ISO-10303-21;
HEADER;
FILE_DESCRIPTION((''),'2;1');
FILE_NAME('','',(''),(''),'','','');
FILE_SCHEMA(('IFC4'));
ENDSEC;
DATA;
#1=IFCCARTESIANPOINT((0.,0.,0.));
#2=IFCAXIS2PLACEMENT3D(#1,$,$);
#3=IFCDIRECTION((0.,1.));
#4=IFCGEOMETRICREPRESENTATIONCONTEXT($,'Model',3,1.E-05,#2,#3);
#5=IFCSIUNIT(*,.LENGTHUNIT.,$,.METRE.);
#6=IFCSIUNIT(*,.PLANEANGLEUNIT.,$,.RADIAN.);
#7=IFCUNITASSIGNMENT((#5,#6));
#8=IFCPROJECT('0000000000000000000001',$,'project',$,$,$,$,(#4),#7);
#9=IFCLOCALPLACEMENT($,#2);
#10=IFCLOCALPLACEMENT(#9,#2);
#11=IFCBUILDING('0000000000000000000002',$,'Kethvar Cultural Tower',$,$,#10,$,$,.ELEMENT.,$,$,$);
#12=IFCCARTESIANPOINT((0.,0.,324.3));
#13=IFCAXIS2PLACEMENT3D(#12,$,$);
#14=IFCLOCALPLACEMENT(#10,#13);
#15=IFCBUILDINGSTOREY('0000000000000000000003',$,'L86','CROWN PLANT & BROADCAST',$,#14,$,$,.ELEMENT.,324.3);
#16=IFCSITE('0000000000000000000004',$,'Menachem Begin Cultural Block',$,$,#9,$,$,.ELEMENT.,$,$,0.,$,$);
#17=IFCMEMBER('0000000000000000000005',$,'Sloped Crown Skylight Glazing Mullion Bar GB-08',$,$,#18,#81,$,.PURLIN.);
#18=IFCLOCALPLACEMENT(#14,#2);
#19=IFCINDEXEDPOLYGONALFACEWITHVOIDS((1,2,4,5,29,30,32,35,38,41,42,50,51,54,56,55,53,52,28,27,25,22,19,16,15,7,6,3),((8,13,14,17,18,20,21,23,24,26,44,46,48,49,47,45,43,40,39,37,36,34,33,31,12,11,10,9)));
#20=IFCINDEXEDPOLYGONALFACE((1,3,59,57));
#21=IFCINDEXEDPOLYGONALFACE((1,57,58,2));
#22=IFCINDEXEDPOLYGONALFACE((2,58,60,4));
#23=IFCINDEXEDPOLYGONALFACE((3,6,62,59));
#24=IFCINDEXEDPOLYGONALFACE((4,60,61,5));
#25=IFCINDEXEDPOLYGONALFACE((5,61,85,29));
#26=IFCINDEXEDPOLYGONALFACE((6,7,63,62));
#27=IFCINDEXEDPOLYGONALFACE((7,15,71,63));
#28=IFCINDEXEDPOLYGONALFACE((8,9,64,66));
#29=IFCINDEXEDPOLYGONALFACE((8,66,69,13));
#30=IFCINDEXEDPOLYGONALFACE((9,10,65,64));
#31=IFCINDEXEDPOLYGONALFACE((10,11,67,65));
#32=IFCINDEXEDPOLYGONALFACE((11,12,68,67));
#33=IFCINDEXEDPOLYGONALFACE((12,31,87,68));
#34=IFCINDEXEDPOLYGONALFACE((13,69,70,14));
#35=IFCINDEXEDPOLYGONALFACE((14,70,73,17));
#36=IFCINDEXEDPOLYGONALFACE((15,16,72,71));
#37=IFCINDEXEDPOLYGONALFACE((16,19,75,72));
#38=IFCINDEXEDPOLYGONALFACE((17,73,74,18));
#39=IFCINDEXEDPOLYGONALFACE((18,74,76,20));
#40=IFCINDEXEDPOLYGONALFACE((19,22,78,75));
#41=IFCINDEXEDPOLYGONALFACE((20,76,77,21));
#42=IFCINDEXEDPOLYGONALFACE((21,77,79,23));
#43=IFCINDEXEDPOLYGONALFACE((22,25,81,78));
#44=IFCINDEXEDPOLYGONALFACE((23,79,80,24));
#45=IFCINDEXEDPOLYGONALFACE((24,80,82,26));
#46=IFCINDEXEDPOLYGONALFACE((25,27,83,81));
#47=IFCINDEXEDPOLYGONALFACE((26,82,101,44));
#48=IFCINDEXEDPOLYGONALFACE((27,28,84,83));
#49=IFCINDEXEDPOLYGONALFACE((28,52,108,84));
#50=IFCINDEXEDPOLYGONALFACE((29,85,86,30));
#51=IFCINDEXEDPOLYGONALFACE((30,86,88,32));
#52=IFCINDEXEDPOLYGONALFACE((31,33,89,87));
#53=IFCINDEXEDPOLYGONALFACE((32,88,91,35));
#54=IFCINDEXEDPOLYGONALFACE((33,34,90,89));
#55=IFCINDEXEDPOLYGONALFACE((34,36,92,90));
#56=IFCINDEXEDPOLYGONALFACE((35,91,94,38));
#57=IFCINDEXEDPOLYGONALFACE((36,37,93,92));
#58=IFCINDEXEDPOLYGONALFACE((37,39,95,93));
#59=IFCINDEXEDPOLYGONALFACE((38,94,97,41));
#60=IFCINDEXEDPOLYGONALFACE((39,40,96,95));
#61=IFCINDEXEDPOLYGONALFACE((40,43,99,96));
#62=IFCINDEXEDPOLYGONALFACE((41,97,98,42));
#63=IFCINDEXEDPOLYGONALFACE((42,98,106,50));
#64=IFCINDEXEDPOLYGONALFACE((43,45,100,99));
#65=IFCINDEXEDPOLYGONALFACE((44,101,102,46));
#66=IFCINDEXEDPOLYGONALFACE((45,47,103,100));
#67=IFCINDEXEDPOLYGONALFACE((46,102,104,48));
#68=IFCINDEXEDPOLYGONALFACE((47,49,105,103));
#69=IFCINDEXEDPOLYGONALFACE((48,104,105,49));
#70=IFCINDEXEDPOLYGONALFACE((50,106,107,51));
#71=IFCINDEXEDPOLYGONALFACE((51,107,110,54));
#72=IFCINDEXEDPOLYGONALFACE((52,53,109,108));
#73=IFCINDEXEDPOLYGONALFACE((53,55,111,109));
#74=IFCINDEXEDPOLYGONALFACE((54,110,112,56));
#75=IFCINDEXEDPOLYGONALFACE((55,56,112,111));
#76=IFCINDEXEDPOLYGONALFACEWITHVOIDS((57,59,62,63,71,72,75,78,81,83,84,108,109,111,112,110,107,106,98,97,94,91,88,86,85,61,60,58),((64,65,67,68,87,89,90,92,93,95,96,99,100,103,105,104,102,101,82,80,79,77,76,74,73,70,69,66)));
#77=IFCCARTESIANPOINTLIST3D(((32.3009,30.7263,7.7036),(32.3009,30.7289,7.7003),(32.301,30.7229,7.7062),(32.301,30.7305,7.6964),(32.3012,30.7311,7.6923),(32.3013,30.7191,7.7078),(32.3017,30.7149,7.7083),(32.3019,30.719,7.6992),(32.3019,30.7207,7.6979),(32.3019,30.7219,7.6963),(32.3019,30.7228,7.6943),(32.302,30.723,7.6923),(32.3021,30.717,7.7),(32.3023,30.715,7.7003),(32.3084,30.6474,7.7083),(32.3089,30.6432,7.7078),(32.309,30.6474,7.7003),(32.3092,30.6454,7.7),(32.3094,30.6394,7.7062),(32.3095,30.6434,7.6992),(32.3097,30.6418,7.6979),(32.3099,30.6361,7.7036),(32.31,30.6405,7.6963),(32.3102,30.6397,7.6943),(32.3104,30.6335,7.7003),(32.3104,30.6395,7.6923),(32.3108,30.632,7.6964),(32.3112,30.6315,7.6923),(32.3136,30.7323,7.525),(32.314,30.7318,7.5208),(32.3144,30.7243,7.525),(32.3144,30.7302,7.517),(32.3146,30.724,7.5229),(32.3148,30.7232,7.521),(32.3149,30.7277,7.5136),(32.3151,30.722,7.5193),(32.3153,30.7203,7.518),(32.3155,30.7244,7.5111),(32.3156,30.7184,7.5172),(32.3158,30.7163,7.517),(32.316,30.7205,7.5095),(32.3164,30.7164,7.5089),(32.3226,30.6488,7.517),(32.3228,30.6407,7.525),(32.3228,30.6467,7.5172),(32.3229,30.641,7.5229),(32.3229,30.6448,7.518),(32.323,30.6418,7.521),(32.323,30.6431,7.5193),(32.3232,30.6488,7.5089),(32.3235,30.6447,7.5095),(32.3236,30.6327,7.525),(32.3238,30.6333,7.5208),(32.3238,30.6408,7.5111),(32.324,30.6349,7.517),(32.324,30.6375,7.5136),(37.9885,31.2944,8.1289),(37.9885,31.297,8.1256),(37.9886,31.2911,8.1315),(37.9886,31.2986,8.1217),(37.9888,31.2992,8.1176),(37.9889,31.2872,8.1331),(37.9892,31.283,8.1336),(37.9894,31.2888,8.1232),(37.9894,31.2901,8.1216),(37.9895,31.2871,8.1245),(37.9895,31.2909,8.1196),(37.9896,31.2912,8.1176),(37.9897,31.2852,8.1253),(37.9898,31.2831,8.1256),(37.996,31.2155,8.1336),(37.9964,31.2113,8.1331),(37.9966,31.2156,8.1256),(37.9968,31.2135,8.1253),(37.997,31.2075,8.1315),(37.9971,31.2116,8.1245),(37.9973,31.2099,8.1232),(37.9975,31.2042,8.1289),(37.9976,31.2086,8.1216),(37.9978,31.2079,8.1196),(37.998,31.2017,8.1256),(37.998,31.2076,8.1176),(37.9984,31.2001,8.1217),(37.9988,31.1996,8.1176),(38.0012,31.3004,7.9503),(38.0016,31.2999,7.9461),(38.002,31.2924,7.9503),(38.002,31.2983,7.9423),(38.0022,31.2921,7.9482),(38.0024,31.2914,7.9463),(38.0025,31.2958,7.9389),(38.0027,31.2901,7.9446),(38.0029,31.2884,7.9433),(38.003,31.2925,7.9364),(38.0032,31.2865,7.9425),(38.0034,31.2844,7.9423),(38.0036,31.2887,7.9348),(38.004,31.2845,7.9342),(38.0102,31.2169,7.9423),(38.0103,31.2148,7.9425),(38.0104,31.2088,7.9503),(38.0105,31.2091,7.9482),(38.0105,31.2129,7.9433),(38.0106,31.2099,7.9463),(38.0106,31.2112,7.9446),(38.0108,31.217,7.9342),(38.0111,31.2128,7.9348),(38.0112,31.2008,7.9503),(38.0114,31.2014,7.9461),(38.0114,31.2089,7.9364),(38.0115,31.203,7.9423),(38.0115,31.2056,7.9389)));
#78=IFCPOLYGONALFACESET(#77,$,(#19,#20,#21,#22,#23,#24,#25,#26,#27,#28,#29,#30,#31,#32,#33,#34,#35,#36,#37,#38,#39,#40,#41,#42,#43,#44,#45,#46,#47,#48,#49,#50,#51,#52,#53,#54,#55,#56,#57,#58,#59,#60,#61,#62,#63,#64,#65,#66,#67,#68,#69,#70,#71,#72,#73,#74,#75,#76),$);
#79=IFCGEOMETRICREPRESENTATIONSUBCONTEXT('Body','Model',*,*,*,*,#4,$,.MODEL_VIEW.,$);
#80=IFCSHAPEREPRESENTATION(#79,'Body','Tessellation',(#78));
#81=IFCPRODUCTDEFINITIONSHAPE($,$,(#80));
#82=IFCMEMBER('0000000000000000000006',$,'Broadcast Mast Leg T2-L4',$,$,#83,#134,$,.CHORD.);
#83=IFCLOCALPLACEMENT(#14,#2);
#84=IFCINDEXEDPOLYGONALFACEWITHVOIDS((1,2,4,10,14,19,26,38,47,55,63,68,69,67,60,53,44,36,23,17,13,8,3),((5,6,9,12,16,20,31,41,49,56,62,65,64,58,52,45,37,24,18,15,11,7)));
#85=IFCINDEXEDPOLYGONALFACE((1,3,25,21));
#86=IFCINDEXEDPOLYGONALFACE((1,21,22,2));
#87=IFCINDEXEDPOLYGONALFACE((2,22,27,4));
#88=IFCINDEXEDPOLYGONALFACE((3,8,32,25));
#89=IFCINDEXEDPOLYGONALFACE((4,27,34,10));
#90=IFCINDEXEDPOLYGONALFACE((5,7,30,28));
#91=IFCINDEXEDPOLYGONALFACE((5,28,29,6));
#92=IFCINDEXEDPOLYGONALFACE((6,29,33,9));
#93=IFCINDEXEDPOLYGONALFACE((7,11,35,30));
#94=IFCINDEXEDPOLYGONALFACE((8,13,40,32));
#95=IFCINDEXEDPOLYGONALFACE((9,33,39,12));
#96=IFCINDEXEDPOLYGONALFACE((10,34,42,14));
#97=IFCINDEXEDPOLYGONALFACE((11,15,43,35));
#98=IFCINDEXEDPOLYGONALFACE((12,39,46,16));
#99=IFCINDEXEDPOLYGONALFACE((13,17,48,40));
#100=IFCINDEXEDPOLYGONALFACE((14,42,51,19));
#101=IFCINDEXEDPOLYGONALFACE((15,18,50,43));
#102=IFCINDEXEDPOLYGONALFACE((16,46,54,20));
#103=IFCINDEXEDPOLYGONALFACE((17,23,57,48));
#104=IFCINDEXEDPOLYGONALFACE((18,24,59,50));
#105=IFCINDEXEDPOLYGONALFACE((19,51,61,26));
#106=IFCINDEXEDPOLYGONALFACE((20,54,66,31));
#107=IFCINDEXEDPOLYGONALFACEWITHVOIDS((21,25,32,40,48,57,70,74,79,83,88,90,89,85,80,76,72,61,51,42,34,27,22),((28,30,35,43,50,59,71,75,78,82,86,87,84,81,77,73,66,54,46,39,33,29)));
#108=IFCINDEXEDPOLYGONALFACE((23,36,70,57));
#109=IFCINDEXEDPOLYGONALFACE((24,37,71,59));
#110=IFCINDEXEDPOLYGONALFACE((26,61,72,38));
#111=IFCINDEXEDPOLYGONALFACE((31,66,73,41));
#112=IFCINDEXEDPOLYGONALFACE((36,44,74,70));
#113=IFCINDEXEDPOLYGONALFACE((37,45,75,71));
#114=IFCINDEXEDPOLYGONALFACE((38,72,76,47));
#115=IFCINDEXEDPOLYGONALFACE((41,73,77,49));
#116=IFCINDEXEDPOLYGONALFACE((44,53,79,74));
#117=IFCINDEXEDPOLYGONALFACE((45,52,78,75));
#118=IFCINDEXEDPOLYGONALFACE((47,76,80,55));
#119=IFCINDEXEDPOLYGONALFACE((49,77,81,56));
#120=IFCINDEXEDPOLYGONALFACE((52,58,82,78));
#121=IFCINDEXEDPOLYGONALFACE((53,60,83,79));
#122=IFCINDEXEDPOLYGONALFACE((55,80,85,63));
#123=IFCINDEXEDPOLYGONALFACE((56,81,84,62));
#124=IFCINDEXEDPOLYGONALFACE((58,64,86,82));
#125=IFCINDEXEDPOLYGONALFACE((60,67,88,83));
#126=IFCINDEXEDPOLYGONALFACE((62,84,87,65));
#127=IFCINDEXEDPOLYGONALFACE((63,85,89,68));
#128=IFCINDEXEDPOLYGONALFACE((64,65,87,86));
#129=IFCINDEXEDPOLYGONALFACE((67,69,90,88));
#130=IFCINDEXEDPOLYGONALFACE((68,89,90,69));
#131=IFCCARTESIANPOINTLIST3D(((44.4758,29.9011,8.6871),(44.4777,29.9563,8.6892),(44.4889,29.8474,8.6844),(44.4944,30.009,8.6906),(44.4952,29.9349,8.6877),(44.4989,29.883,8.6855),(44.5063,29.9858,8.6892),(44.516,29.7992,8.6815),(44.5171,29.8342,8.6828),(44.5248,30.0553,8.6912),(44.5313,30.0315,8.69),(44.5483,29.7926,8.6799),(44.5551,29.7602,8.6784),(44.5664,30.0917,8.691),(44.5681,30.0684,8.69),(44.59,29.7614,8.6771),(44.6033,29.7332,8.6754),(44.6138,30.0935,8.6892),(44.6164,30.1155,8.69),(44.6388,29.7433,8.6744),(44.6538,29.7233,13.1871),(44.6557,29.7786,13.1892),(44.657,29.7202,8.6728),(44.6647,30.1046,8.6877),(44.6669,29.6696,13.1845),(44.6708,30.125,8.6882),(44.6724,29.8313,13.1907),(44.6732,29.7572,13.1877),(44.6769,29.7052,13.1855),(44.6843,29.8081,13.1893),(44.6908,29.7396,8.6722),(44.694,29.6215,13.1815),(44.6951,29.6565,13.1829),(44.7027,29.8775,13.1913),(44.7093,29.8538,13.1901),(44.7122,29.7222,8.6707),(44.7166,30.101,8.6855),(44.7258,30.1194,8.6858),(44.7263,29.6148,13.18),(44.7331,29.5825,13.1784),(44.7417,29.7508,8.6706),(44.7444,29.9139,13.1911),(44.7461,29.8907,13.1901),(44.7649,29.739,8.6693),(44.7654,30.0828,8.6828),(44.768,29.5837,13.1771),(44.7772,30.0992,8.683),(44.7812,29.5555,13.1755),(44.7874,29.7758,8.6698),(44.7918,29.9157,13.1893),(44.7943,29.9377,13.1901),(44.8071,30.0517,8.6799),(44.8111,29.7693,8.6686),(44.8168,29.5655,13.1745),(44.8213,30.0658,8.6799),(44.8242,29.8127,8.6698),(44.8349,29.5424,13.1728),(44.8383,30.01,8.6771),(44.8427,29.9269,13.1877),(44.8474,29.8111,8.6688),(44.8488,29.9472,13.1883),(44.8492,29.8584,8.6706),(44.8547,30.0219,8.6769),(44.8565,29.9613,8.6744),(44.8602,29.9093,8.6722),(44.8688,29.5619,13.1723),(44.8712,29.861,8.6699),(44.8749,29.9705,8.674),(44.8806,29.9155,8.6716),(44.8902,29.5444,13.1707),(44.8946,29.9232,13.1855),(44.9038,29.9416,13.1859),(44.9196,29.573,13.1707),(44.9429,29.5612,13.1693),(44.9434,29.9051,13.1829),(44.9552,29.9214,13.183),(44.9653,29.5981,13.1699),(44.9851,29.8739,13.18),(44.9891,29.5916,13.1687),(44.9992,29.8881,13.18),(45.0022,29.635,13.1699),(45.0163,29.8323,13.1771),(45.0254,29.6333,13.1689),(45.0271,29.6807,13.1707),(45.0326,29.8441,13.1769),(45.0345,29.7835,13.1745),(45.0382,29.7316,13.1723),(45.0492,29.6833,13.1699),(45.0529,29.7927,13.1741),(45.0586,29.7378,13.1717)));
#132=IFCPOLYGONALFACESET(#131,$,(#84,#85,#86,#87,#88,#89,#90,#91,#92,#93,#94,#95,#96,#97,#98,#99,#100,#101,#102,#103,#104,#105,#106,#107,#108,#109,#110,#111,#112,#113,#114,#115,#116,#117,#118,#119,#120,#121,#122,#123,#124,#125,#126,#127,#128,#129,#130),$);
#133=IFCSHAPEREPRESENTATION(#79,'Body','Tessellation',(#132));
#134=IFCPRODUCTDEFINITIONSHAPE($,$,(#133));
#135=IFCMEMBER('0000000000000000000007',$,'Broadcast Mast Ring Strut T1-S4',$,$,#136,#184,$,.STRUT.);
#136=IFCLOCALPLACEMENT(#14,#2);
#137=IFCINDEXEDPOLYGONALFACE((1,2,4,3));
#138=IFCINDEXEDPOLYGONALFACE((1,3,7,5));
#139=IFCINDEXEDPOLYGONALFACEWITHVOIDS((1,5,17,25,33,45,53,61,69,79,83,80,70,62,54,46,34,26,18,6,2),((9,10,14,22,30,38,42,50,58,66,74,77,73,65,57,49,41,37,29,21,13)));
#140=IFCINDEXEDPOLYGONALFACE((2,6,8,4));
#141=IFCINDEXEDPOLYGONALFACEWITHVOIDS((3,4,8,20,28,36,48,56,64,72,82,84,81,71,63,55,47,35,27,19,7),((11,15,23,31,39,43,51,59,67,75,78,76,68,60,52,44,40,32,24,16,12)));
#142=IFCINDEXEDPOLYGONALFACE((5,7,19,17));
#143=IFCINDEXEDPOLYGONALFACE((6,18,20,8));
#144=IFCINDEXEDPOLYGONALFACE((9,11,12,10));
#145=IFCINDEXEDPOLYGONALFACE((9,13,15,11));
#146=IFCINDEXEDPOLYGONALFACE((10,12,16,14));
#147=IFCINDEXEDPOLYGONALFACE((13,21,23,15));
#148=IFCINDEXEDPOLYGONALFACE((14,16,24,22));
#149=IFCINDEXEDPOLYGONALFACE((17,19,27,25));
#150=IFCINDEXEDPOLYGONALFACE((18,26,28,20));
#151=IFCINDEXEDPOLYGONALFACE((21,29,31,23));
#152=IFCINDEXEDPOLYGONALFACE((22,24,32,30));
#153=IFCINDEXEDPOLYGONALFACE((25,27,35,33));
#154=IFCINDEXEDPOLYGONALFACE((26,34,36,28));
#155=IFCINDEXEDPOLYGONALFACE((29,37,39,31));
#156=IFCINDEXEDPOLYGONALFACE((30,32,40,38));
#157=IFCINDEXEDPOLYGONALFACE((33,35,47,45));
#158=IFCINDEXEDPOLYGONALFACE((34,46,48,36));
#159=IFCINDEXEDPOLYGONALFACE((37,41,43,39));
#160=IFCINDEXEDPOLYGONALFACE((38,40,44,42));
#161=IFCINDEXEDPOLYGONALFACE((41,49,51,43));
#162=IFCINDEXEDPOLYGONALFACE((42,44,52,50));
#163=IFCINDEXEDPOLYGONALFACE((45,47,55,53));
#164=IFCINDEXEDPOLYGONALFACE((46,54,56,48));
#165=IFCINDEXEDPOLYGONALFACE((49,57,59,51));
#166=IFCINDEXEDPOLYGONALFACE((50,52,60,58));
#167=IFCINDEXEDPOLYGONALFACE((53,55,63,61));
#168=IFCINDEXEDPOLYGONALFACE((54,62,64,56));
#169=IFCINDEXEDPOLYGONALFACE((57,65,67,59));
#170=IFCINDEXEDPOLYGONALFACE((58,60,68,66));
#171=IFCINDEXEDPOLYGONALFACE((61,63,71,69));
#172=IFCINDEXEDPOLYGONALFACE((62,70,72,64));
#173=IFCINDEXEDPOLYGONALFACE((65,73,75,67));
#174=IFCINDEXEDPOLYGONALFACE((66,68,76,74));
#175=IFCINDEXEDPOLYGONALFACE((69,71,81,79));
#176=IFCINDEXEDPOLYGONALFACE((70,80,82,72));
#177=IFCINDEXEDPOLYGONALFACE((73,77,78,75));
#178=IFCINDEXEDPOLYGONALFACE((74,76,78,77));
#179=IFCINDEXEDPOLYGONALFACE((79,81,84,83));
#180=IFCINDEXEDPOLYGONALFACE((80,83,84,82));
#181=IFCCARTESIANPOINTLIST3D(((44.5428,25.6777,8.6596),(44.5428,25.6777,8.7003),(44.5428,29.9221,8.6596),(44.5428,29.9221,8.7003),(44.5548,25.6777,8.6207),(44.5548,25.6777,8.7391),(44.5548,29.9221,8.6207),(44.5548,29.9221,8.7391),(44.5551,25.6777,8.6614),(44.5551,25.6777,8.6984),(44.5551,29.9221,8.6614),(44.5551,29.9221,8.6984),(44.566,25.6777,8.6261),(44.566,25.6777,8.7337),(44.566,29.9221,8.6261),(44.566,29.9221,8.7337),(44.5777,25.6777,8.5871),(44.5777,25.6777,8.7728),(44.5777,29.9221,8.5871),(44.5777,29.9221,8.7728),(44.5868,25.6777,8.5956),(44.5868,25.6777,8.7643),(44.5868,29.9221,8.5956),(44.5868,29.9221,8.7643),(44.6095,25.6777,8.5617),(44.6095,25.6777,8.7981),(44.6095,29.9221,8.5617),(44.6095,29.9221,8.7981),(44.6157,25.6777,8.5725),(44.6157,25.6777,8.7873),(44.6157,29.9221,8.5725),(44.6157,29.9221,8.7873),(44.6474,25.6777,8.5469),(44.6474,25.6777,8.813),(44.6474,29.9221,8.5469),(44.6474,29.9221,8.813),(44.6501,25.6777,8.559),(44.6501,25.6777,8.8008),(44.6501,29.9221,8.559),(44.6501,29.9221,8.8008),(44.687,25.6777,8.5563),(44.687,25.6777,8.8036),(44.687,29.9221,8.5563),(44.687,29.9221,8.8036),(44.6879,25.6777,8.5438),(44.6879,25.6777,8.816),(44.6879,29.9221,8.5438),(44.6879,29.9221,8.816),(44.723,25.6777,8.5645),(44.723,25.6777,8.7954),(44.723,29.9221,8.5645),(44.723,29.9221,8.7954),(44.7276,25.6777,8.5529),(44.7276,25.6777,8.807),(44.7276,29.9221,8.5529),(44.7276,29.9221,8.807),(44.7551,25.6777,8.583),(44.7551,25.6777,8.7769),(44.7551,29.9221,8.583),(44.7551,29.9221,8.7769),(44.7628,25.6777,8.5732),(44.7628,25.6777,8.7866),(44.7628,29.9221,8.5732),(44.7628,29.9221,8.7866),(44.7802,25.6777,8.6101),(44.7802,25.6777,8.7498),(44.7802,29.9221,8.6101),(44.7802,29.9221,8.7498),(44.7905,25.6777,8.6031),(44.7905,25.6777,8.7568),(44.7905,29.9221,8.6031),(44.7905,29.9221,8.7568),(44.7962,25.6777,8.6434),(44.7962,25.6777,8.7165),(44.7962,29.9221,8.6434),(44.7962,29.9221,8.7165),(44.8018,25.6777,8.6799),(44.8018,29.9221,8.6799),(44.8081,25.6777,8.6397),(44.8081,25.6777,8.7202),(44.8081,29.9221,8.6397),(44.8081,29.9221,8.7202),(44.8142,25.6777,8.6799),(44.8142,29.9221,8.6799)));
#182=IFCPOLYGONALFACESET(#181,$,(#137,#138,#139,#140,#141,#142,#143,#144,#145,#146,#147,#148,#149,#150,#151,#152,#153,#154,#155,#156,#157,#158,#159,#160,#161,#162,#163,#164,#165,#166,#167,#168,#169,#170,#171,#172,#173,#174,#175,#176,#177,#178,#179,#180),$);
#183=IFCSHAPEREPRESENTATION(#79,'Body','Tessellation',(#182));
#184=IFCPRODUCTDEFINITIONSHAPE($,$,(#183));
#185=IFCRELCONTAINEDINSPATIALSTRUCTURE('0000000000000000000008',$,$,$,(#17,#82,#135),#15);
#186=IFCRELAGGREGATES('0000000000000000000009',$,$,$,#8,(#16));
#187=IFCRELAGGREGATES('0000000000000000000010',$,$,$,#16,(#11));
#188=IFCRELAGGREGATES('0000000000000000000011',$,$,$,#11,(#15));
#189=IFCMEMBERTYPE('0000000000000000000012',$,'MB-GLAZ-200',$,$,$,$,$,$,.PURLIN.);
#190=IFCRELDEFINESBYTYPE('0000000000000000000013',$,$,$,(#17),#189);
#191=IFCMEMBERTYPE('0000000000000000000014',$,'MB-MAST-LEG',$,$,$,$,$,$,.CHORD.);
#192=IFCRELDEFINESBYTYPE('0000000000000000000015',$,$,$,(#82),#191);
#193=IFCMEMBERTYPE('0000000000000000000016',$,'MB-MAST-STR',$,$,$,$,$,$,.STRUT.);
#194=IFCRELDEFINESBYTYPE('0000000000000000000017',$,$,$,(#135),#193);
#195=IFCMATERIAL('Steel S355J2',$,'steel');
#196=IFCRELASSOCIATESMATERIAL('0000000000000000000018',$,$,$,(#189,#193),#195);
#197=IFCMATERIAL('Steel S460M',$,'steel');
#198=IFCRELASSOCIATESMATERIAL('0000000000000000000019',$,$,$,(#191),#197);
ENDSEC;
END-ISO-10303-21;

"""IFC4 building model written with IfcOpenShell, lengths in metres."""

from ifc_helpers import new_model, si_unit, direction, frame, origin, origin_2d, place, context, subcontext, project, spatial, hollow_rectangle, hollow_circle, extrude, source, transform, mapped, material, material_profile, profile_set, type_object, element, save


model = new_model("IFC4")

# Units and contexts
model_context = context("Model", 3, precision=1e-05, world=origin(), true_north=direction((0.0, 1.0)))
body_context = subcontext(model_context, "Body", "Model", "MODEL_VIEW")
ifc_project = project(units=[si_unit("LENGTHUNIT", "METRE"), si_unit("PLANEANGLEUNIT", "RADIAN")], contexts=[model_context])

# Site, building, storey
site_placement = place(None, origin())
site = spatial("IfcSite", under=ifc_project, at=site_placement, Name="Menachem Begin Cultural Block", CompositionType="ELEMENT", RefElevation=0.0)
building_placement = place(site_placement, origin())
building = spatial("IfcBuilding", under=site, at=building_placement, Name="Kethvar Cultural Tower", CompositionType="ELEMENT")
storey_placement = place(building_placement, frame((0.0, 0.0, 324.3)))
storey = spatial("IfcBuildingStorey", under=building, at=storey_placement, Name="L86", Description="CROWN PLANT & BROADCAST", CompositionType="ELEMENT", Elevation=324.3)

# Shared definitions
ifc_material_1 = material(Name="Steel S355J2", Category="steel")

# Members
ifc_material_profile_1 = material_profile(ifc_material_1, hollow_rectangle(XDim=0.1001, YDim=0.2, WallThickness=0.0081, InnerFilletRadius=0.0081, OuterFilletRadius=0.0161, at=origin_2d()), Name="Steel S355J2 — RHS200x100x8")
ifc_profile_set_1 = profile_set([ifc_material_profile_1], Name="Steel S355J2 — RHS200x100x8")
member_type_1 = type_object("IfcMemberType", Name="MB-GLAZ-200", PredefinedType="PURLIN", material=ifc_profile_set_1)
shared_shape_1 = source(origin(), body_context, "Body", "SweptSolid", [
    extrude(hollow_rectangle(XDim=0.1001, YDim=0.2, WallThickness=0.0081, InnerFilletRadius=0.0081, OuterFilletRadius=0.0161, at=origin_2d()), origin(), (0.0, 0.0, 1.0), 5.7317),
])
member_1_placement = place(storey_placement, frame((38.0, 31.25, 8.0339), z_axis=(-0.992305, -0.09912, -0.074201), x_axis=(0.099394, -0.995048, 0.0)))
element("IfcMember", 1, at=member_1_placement, inside=storey, type_object=member_type_1, Name="Sloped Crown Skylight Glazing Mullion Bar GB-08", PredefinedType="PURLIN", context=body_context, shape_type="MappedRepresentation", body=[
    mapped(shared_shape_1, transform((0.0, 0.0, 0.0), scale=1.0)),
])
ifc_material_2 = material(Name="Steel S460M", Category="steel")
ifc_material_profile_2 = material_profile(ifc_material_2, hollow_circle(Radius=0.2031, WallThickness=0.02, at=origin_2d()), Name="Steel S460M — CHS406x20")
ifc_profile_set_2 = profile_set([ifc_material_profile_2], Name="Steel S460M — CHS406x20")
member_type_2 = type_object("IfcMemberType", Name="MB-MAST-LEG", PredefinedType="CHORD", material=ifc_profile_set_2)
shared_shape_2 = source(origin(), body_context, "Body", "SweptSolid", [
    extrude(hollow_circle(Radius=0.2031, WallThickness=0.02, at=origin_2d()), origin(), (0.0, 0.0, 1.0), 4.5071),
])
member_2_placement = place(storey_placement, frame((44.6777, 29.9221, 8.6799), z_axis=(0.039489, -0.039435, 0.998442), x_axis=(0.706621, 0.707592, 0.0)))
element("IfcMember", 2, at=member_2_placement, inside=storey, type_object=member_type_2, Name="Broadcast Mast Leg T2-L4", PredefinedType="CHORD", context=body_context, shape_type="MappedRepresentation", body=[
    mapped(shared_shape_2, transform((0.0, 0.0, 0.0), scale=1.0)),
])
ifc_material_profile_3 = material_profile(ifc_material_1, hollow_circle(Radius=0.1365, WallThickness=0.0125, at=origin_2d()), Name="Steel S355J2 — CHS273x12.5")
ifc_profile_set_3 = profile_set([ifc_material_profile_3], Name="Steel S355J2 — CHS273x12.5")
member_type_3 = type_object("IfcMemberType", Name="MB-MAST-STR", PredefinedType="STRUT", material=ifc_profile_set_3)
shared_shape_3 = source(origin(), body_context, "Body", "SweptSolid", [
    extrude(hollow_circle(Radius=0.1365, WallThickness=0.0125, at=origin_2d()), origin(), (0.0, 0.0, 1.0), 4.2444),
])
member_3_placement = place(storey_placement, frame((44.6777, 29.9221, 8.6799), z_axis=(0.0, -1.0, 0.0), x_axis=(1.0, 0.0, 0.0)))
element("IfcMember", 3, at=member_3_placement, inside=storey, type_object=member_type_3, Name="Broadcast Mast Ring Strut T1-S4", PredefinedType="STRUT", context=body_context, shape_type="MappedRepresentation", body=[
    mapped(shared_shape_3, transform((0.0, 0.0, 0.0), scale=1.0)),
])

save(model, "model.ifc")
